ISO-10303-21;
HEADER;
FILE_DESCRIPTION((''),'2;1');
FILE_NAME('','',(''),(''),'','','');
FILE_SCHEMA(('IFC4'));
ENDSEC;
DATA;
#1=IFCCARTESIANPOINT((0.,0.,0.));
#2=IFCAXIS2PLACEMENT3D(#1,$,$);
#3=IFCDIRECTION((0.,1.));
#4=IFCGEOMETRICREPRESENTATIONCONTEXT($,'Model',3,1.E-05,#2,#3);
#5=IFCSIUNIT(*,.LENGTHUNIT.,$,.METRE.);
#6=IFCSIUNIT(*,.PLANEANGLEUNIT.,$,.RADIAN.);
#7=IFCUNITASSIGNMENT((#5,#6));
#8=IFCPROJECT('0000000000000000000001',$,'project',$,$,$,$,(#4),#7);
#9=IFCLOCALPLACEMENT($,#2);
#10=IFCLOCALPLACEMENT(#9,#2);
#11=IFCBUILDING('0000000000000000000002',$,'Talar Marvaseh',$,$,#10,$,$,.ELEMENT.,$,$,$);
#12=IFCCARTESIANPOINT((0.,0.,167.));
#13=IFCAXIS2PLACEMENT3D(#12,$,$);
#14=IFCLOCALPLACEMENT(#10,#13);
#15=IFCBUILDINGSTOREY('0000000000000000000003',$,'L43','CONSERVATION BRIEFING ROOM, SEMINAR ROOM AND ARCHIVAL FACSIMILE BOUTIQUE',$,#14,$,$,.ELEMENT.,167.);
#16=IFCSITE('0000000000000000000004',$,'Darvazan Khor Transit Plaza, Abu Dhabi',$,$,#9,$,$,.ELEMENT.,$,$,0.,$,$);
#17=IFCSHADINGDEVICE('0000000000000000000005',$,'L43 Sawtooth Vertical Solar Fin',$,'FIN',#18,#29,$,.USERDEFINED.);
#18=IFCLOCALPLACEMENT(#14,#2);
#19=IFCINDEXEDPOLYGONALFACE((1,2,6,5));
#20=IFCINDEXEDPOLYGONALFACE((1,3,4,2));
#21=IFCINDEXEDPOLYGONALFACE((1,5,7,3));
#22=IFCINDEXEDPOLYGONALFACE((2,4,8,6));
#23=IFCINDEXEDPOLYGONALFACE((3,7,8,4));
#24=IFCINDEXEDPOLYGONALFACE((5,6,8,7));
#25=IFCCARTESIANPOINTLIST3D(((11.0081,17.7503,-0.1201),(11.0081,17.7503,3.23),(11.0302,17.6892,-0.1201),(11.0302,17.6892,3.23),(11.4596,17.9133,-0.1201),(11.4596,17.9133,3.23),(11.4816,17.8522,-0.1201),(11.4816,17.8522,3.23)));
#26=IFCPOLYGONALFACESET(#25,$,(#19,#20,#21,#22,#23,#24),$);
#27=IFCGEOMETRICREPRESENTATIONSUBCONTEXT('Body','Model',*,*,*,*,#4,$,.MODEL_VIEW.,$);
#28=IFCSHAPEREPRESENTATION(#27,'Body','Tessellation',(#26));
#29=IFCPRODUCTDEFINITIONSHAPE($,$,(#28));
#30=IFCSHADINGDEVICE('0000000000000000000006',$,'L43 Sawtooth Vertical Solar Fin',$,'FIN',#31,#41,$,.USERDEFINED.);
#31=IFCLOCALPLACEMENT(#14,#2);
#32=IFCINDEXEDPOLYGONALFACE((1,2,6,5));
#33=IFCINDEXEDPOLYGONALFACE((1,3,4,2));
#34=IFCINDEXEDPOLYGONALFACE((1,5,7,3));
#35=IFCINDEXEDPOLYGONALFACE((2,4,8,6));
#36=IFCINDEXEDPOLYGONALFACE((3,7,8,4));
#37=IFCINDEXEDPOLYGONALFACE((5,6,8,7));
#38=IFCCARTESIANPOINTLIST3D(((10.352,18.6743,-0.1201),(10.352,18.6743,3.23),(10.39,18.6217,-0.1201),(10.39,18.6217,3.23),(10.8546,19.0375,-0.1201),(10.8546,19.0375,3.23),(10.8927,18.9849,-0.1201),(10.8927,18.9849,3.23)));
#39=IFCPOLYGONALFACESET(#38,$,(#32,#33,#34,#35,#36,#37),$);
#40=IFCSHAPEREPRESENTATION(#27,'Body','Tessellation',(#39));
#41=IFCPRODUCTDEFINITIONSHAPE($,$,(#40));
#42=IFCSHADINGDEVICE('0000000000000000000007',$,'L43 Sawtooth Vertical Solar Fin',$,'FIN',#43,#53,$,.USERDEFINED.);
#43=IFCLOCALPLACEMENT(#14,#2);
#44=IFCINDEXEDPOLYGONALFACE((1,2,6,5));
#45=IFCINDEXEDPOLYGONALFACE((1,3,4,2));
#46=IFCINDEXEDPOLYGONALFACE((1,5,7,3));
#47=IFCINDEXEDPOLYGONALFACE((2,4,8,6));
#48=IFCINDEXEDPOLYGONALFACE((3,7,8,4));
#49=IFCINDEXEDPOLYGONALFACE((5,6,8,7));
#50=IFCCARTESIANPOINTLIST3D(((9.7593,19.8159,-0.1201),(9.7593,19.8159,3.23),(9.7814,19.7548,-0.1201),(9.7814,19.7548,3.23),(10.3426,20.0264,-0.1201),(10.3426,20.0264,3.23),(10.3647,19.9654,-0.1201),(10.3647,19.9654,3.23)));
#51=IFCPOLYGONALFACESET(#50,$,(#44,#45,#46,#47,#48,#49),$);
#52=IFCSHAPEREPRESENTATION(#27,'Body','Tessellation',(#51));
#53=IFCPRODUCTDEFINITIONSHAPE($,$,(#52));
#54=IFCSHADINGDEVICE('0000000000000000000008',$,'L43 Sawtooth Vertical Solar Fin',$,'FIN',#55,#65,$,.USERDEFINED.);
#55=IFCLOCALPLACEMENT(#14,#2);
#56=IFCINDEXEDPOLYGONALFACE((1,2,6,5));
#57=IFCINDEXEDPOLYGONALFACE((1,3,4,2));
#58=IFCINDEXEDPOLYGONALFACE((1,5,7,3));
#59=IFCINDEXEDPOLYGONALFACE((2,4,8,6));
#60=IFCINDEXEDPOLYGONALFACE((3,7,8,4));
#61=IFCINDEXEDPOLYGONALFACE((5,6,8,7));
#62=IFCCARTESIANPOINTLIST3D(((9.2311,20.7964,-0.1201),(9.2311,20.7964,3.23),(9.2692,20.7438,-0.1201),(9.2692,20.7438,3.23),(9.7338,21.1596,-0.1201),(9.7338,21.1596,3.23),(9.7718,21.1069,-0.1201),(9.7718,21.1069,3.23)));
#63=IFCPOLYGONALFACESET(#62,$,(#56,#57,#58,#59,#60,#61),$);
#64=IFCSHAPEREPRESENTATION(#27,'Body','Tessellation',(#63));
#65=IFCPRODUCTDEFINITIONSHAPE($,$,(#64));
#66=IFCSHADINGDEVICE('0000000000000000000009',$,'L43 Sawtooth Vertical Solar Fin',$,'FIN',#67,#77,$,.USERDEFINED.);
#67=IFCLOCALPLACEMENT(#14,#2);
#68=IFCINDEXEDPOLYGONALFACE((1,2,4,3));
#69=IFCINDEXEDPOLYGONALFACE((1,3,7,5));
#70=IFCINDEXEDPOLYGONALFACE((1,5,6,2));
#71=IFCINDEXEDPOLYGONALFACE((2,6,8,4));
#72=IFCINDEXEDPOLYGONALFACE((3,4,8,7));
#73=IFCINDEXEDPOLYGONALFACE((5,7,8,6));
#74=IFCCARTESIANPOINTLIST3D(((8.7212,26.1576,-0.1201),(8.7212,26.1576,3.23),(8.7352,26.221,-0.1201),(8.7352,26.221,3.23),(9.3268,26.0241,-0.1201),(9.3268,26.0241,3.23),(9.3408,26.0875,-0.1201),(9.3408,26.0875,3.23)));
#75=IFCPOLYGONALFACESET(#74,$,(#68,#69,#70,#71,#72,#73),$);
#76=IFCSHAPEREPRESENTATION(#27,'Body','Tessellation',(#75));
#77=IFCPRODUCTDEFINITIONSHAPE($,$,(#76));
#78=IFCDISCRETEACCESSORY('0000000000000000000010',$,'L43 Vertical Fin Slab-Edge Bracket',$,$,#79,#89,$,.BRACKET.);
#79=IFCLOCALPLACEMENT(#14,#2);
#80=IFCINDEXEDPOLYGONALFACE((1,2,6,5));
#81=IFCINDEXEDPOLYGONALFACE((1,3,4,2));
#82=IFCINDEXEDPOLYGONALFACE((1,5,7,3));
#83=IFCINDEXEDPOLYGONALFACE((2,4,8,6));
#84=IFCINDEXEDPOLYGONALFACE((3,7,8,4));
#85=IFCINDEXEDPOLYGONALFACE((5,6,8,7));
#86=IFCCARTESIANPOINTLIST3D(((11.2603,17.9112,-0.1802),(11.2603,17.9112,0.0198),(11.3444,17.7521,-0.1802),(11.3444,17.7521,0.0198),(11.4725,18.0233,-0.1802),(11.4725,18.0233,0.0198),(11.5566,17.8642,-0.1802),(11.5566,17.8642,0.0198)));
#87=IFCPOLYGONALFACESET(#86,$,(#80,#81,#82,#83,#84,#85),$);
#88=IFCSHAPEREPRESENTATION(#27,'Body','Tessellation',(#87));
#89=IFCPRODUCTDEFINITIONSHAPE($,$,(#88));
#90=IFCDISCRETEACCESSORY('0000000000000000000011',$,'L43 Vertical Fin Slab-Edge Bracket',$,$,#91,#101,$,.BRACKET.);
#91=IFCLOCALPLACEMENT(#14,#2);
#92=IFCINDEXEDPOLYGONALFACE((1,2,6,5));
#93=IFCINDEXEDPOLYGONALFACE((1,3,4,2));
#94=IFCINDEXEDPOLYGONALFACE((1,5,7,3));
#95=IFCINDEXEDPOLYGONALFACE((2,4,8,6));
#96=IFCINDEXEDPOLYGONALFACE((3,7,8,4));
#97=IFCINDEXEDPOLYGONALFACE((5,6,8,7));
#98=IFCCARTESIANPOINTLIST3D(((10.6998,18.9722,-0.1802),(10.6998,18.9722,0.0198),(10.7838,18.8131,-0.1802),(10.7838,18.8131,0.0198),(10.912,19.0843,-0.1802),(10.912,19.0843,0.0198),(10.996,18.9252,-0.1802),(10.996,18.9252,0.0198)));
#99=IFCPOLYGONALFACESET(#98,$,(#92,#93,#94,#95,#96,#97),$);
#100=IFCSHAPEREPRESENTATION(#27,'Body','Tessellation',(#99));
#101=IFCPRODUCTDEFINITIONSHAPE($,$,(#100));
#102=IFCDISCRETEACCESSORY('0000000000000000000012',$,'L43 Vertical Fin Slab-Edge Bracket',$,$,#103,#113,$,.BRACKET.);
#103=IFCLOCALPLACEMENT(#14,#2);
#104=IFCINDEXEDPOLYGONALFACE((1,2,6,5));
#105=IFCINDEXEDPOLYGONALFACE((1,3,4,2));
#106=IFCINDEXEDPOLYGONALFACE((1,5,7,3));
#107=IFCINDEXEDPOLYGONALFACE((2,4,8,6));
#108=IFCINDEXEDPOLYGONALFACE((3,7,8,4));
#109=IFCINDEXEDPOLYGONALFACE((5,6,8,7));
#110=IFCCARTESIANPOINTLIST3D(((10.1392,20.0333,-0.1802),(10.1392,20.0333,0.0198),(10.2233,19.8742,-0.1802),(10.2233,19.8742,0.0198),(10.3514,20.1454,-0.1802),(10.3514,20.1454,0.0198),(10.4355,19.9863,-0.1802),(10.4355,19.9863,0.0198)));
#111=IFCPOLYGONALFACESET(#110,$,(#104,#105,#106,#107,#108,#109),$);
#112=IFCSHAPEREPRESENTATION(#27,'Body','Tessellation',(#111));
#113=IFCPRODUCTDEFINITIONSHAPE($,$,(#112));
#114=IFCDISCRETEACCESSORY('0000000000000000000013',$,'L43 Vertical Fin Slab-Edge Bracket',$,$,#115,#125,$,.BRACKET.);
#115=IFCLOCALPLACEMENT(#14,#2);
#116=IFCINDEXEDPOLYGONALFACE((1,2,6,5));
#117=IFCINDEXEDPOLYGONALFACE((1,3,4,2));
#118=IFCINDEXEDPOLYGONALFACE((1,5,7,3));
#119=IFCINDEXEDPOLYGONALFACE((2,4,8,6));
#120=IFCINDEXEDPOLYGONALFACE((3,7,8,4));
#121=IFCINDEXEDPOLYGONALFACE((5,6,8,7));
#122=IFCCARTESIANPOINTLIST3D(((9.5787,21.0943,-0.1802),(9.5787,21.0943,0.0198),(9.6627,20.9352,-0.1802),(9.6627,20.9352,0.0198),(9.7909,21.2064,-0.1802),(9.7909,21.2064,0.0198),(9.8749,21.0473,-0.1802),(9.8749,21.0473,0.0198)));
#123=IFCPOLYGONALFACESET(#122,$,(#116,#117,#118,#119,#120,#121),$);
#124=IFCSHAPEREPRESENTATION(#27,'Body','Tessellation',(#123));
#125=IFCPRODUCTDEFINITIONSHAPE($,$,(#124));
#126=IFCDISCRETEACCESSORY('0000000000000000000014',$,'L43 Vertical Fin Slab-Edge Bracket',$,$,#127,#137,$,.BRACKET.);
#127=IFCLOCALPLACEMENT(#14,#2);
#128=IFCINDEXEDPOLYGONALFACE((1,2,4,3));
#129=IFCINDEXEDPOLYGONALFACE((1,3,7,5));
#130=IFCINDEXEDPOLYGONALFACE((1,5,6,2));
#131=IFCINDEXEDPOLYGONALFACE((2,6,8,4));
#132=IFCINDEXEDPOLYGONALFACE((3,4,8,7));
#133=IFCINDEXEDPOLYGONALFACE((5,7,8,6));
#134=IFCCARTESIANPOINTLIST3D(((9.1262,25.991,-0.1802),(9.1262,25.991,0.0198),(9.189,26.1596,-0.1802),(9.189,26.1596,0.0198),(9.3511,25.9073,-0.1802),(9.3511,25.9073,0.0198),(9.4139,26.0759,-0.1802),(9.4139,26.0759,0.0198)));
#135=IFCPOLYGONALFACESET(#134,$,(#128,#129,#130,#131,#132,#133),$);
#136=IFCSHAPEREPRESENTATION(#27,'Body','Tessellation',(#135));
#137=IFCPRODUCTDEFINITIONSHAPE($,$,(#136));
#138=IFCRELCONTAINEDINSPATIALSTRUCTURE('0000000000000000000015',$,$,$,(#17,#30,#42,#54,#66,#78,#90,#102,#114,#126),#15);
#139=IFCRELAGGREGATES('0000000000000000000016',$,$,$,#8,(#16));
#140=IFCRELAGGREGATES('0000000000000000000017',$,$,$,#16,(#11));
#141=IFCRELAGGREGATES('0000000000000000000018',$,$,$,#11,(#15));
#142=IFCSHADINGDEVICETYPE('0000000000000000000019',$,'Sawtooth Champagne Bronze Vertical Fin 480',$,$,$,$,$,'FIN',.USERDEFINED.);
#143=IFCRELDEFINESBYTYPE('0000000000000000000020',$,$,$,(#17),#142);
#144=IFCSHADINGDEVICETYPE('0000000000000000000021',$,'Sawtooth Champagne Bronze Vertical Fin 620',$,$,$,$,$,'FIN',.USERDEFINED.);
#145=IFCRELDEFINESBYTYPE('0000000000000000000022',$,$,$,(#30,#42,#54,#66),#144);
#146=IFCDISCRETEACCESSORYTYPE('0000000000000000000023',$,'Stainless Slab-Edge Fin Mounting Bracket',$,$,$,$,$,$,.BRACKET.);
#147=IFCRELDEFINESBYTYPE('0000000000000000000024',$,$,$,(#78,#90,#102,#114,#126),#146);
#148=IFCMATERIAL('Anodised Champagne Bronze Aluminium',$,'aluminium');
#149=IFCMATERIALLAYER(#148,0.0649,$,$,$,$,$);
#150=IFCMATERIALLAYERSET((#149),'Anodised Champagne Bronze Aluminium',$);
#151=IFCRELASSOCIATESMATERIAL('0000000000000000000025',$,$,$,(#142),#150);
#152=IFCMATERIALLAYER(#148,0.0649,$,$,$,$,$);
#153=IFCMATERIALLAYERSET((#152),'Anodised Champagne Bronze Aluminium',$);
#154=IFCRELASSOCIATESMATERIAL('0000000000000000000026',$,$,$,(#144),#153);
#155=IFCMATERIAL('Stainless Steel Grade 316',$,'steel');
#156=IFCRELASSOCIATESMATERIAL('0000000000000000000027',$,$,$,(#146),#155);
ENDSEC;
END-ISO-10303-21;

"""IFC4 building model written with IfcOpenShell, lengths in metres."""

from ifc_helpers import new_model, si_unit, direction, frame, origin, origin_2d, place, context, subcontext, project, spatial, rectangle, extrude, source, transform, mapped, material, layer, layer_set, type_object, type_shapes, element, save


model = new_model("IFC4")

# Units and contexts
model_context = context("Model", 3, precision=1e-05, world=origin(), true_north=direction((0.0, 1.0)))
body_context = subcontext(model_context, "Body", "Model", "MODEL_VIEW")
ifc_project = project(units=[si_unit("LENGTHUNIT", "METRE"), si_unit("PLANEANGLEUNIT", "RADIAN")], contexts=[model_context])

# Site, building, storey
site_placement = place(None, origin())
site = spatial("IfcSite", under=ifc_project, at=site_placement, Name="Darvazan Khor Transit Plaza, Abu Dhabi", CompositionType="ELEMENT", RefElevation=0.0)
building_placement = place(site_placement, origin())
building = spatial("IfcBuilding", under=site, at=building_placement, Name="Talar Marvaseh", CompositionType="ELEMENT")
storey_placement = place(building_placement, frame((0.0, 0.0, 167.0)))
storey = spatial("IfcBuildingStorey", under=building, at=storey_placement, Name="L43", Description="CONSERVATION BRIEFING ROOM, SEMINAR ROOM AND ARCHIVAL FACSIMILE BOUTIQUE", CompositionType="ELEMENT", Elevation=167.0)

# Shading devices
ifc_material_1 = material(Name="Anodised Champagne Bronze Aluminium", Category="aluminium")
ifc_layer_1 = layer(ifc_material_1, 0.0649)
ifc_layer_set_1 = layer_set([ifc_layer_1], Name="Anodised Champagne Bronze Aluminium")
shading_device_type_1 = type_object("IfcShadingDeviceType", Name="Sawtooth Champagne Bronze Vertical Fin 480", ElementType="FIN", PredefinedType="USERDEFINED", material=ifc_layer_set_1)
shared_shape_1 = source(origin(), body_context, "Body", "SweptSolid", [
    extrude(rectangle(XDim=0.48, YDim=0.0649, at=origin_2d()), origin(), (0.0, 0.0, 1.0), 3.3501),
])
type_shapes(shading_device_type_1, [shared_shape_1])
shading_device_placement = place(storey_placement, frame((11.2449, 17.8013, -0.1201), z_axis=(0.0, 0.0, 1.0), x_axis=(-0.940585, -0.339559, 0.0)))
element("IfcShadingDevice", 1, at=shading_device_placement, inside=storey, type_object=shading_device_type_1, Name="L43 Sawtooth Vertical Solar Fin", ObjectType="FIN", PredefinedType="USERDEFINED", context=body_context, shape_type="MappedRepresentation", body=[
    mapped(shared_shape_1, transform((0.0, 0.0, 0.0), x_axis=(1.0, 0.0, 0.0), y_axis=(0.0, 1.0, 0.0), z_axis=(0.0, 0.0, 1.0), scale=1.0)),
])
ifc_layer_2 = layer(ifc_material_1, 0.0649)
ifc_layer_set_2 = layer_set([ifc_layer_2], Name="Anodised Champagne Bronze Aluminium")
shading_device_type_2 = type_object("IfcShadingDeviceType", Name="Sawtooth Champagne Bronze Vertical Fin 620", ElementType="FIN", PredefinedType="USERDEFINED", material=ifc_layer_set_2)
shared_shape_2 = source(origin(), body_context, "Body", "SweptSolid", [
    extrude(rectangle(XDim=0.6201, YDim=0.0649, at=origin_2d()), origin(), (0.0, 0.0, 1.0), 3.3501),
])
type_shapes(shading_device_type_2, [shared_shape_2])
for number, where, z_axis, x_axis, name in (
    (2, (10.6223, 18.8296, -0.1201), (0.0, 0.0, 1.0), (-0.810553, -0.585665, 0.0), "L43 Sawtooth Vertical Solar Fin"),
    (3, (10.062, 19.8906, -0.1201), (0.0, 0.0, 1.0), (-0.940585, -0.339559, 0.0), "L43 Sawtooth Vertical Solar Fin"),
    (4, (9.5015, 20.9517, -0.1201), (0.0, 0.0, 1.0), (-0.810553, -0.585665, 0.0), "L43 Sawtooth Vertical Solar Fin"),
    (5, (9.031, 26.1226, -0.1201), (0.0, 0.0, 1.0), (-0.97656, 0.215247, 0.0), "L43 Sawtooth Vertical Solar Fin"),
):
    element("IfcShadingDevice", number, at=place(storey_placement, frame(where, z_axis=z_axis, x_axis=x_axis)), inside=storey, type_object=shading_device_type_2, Name=name, ObjectType="FIN", PredefinedType="USERDEFINED", context=body_context, shape_type="MappedRepresentation", body=[
        mapped(shared_shape_2, transform((0.0, 0.0, 0.0), x_axis=(1.0, 0.0, 0.0), y_axis=(0.0, 1.0, 0.0), z_axis=(0.0, 0.0, 1.0), scale=1.0)),
    ])

# Discrete accessories
ifc_material_2 = material(Name="Stainless Steel Grade 316", Category="steel")
discrete_accessory_type = type_object("IfcDiscreteAccessoryType", Name="Stainless Slab-Edge Fin Mounting Bracket", PredefinedType="BRACKET", material=ifc_material_2)
shared_shape_3 = source(origin(), body_context, "Body", "SweptSolid", [
    extrude(rectangle(XDim=0.24, YDim=0.1799, at=origin_2d()), origin(), (0.0, 0.0, 1.0), 0.2),
])
type_shapes(discrete_accessory_type, [shared_shape_3])
for number, where, z_axis, x_axis, name in (
    (6, (11.4084, 17.8877, -0.1802), (0.0, 0.0, 1.0), (-0.884174, -0.467158, 0.0), "L43 Vertical Fin Slab-Edge Bracket"),
    (7, (10.8479, 18.9487, -0.1802), (0.0, 0.0, 1.0), (-0.884174, -0.467158, 0.0), "L43 Vertical Fin Slab-Edge Bracket"),
    (8, (10.2874, 20.0098, -0.1802), (0.0, 0.0, 1.0), (-0.884174, -0.467158, 0.0), "L43 Vertical Fin Slab-Edge Bracket"),
    (9, (9.7268, 21.0708, -0.1802), (0.0, 0.0, 1.0), (-0.884174, -0.467158, 0.0), "L43 Vertical Fin Slab-Edge Bracket"),
    (10, (9.27, 26.0334, -0.1802), (0.0, 0.0, 1.0), (-0.937099, 0.349063, 0.0), "L43 Vertical Fin Slab-Edge Bracket"),
):
    element("IfcDiscreteAccessory", number, at=place(storey_placement, frame(where, z_axis=z_axis, x_axis=x_axis)), inside=storey, type_object=discrete_accessory_type, Name=name, PredefinedType="BRACKET", context=body_context, shape_type="MappedRepresentation", body=[
        mapped(shared_shape_3, transform((0.0, 0.0, 0.0), x_axis=(1.0, 0.0, 0.0), y_axis=(0.0, 1.0, 0.0), z_axis=(0.0, 0.0, 1.0), scale=1.0)),
    ])

save(model, "model.ifc")
